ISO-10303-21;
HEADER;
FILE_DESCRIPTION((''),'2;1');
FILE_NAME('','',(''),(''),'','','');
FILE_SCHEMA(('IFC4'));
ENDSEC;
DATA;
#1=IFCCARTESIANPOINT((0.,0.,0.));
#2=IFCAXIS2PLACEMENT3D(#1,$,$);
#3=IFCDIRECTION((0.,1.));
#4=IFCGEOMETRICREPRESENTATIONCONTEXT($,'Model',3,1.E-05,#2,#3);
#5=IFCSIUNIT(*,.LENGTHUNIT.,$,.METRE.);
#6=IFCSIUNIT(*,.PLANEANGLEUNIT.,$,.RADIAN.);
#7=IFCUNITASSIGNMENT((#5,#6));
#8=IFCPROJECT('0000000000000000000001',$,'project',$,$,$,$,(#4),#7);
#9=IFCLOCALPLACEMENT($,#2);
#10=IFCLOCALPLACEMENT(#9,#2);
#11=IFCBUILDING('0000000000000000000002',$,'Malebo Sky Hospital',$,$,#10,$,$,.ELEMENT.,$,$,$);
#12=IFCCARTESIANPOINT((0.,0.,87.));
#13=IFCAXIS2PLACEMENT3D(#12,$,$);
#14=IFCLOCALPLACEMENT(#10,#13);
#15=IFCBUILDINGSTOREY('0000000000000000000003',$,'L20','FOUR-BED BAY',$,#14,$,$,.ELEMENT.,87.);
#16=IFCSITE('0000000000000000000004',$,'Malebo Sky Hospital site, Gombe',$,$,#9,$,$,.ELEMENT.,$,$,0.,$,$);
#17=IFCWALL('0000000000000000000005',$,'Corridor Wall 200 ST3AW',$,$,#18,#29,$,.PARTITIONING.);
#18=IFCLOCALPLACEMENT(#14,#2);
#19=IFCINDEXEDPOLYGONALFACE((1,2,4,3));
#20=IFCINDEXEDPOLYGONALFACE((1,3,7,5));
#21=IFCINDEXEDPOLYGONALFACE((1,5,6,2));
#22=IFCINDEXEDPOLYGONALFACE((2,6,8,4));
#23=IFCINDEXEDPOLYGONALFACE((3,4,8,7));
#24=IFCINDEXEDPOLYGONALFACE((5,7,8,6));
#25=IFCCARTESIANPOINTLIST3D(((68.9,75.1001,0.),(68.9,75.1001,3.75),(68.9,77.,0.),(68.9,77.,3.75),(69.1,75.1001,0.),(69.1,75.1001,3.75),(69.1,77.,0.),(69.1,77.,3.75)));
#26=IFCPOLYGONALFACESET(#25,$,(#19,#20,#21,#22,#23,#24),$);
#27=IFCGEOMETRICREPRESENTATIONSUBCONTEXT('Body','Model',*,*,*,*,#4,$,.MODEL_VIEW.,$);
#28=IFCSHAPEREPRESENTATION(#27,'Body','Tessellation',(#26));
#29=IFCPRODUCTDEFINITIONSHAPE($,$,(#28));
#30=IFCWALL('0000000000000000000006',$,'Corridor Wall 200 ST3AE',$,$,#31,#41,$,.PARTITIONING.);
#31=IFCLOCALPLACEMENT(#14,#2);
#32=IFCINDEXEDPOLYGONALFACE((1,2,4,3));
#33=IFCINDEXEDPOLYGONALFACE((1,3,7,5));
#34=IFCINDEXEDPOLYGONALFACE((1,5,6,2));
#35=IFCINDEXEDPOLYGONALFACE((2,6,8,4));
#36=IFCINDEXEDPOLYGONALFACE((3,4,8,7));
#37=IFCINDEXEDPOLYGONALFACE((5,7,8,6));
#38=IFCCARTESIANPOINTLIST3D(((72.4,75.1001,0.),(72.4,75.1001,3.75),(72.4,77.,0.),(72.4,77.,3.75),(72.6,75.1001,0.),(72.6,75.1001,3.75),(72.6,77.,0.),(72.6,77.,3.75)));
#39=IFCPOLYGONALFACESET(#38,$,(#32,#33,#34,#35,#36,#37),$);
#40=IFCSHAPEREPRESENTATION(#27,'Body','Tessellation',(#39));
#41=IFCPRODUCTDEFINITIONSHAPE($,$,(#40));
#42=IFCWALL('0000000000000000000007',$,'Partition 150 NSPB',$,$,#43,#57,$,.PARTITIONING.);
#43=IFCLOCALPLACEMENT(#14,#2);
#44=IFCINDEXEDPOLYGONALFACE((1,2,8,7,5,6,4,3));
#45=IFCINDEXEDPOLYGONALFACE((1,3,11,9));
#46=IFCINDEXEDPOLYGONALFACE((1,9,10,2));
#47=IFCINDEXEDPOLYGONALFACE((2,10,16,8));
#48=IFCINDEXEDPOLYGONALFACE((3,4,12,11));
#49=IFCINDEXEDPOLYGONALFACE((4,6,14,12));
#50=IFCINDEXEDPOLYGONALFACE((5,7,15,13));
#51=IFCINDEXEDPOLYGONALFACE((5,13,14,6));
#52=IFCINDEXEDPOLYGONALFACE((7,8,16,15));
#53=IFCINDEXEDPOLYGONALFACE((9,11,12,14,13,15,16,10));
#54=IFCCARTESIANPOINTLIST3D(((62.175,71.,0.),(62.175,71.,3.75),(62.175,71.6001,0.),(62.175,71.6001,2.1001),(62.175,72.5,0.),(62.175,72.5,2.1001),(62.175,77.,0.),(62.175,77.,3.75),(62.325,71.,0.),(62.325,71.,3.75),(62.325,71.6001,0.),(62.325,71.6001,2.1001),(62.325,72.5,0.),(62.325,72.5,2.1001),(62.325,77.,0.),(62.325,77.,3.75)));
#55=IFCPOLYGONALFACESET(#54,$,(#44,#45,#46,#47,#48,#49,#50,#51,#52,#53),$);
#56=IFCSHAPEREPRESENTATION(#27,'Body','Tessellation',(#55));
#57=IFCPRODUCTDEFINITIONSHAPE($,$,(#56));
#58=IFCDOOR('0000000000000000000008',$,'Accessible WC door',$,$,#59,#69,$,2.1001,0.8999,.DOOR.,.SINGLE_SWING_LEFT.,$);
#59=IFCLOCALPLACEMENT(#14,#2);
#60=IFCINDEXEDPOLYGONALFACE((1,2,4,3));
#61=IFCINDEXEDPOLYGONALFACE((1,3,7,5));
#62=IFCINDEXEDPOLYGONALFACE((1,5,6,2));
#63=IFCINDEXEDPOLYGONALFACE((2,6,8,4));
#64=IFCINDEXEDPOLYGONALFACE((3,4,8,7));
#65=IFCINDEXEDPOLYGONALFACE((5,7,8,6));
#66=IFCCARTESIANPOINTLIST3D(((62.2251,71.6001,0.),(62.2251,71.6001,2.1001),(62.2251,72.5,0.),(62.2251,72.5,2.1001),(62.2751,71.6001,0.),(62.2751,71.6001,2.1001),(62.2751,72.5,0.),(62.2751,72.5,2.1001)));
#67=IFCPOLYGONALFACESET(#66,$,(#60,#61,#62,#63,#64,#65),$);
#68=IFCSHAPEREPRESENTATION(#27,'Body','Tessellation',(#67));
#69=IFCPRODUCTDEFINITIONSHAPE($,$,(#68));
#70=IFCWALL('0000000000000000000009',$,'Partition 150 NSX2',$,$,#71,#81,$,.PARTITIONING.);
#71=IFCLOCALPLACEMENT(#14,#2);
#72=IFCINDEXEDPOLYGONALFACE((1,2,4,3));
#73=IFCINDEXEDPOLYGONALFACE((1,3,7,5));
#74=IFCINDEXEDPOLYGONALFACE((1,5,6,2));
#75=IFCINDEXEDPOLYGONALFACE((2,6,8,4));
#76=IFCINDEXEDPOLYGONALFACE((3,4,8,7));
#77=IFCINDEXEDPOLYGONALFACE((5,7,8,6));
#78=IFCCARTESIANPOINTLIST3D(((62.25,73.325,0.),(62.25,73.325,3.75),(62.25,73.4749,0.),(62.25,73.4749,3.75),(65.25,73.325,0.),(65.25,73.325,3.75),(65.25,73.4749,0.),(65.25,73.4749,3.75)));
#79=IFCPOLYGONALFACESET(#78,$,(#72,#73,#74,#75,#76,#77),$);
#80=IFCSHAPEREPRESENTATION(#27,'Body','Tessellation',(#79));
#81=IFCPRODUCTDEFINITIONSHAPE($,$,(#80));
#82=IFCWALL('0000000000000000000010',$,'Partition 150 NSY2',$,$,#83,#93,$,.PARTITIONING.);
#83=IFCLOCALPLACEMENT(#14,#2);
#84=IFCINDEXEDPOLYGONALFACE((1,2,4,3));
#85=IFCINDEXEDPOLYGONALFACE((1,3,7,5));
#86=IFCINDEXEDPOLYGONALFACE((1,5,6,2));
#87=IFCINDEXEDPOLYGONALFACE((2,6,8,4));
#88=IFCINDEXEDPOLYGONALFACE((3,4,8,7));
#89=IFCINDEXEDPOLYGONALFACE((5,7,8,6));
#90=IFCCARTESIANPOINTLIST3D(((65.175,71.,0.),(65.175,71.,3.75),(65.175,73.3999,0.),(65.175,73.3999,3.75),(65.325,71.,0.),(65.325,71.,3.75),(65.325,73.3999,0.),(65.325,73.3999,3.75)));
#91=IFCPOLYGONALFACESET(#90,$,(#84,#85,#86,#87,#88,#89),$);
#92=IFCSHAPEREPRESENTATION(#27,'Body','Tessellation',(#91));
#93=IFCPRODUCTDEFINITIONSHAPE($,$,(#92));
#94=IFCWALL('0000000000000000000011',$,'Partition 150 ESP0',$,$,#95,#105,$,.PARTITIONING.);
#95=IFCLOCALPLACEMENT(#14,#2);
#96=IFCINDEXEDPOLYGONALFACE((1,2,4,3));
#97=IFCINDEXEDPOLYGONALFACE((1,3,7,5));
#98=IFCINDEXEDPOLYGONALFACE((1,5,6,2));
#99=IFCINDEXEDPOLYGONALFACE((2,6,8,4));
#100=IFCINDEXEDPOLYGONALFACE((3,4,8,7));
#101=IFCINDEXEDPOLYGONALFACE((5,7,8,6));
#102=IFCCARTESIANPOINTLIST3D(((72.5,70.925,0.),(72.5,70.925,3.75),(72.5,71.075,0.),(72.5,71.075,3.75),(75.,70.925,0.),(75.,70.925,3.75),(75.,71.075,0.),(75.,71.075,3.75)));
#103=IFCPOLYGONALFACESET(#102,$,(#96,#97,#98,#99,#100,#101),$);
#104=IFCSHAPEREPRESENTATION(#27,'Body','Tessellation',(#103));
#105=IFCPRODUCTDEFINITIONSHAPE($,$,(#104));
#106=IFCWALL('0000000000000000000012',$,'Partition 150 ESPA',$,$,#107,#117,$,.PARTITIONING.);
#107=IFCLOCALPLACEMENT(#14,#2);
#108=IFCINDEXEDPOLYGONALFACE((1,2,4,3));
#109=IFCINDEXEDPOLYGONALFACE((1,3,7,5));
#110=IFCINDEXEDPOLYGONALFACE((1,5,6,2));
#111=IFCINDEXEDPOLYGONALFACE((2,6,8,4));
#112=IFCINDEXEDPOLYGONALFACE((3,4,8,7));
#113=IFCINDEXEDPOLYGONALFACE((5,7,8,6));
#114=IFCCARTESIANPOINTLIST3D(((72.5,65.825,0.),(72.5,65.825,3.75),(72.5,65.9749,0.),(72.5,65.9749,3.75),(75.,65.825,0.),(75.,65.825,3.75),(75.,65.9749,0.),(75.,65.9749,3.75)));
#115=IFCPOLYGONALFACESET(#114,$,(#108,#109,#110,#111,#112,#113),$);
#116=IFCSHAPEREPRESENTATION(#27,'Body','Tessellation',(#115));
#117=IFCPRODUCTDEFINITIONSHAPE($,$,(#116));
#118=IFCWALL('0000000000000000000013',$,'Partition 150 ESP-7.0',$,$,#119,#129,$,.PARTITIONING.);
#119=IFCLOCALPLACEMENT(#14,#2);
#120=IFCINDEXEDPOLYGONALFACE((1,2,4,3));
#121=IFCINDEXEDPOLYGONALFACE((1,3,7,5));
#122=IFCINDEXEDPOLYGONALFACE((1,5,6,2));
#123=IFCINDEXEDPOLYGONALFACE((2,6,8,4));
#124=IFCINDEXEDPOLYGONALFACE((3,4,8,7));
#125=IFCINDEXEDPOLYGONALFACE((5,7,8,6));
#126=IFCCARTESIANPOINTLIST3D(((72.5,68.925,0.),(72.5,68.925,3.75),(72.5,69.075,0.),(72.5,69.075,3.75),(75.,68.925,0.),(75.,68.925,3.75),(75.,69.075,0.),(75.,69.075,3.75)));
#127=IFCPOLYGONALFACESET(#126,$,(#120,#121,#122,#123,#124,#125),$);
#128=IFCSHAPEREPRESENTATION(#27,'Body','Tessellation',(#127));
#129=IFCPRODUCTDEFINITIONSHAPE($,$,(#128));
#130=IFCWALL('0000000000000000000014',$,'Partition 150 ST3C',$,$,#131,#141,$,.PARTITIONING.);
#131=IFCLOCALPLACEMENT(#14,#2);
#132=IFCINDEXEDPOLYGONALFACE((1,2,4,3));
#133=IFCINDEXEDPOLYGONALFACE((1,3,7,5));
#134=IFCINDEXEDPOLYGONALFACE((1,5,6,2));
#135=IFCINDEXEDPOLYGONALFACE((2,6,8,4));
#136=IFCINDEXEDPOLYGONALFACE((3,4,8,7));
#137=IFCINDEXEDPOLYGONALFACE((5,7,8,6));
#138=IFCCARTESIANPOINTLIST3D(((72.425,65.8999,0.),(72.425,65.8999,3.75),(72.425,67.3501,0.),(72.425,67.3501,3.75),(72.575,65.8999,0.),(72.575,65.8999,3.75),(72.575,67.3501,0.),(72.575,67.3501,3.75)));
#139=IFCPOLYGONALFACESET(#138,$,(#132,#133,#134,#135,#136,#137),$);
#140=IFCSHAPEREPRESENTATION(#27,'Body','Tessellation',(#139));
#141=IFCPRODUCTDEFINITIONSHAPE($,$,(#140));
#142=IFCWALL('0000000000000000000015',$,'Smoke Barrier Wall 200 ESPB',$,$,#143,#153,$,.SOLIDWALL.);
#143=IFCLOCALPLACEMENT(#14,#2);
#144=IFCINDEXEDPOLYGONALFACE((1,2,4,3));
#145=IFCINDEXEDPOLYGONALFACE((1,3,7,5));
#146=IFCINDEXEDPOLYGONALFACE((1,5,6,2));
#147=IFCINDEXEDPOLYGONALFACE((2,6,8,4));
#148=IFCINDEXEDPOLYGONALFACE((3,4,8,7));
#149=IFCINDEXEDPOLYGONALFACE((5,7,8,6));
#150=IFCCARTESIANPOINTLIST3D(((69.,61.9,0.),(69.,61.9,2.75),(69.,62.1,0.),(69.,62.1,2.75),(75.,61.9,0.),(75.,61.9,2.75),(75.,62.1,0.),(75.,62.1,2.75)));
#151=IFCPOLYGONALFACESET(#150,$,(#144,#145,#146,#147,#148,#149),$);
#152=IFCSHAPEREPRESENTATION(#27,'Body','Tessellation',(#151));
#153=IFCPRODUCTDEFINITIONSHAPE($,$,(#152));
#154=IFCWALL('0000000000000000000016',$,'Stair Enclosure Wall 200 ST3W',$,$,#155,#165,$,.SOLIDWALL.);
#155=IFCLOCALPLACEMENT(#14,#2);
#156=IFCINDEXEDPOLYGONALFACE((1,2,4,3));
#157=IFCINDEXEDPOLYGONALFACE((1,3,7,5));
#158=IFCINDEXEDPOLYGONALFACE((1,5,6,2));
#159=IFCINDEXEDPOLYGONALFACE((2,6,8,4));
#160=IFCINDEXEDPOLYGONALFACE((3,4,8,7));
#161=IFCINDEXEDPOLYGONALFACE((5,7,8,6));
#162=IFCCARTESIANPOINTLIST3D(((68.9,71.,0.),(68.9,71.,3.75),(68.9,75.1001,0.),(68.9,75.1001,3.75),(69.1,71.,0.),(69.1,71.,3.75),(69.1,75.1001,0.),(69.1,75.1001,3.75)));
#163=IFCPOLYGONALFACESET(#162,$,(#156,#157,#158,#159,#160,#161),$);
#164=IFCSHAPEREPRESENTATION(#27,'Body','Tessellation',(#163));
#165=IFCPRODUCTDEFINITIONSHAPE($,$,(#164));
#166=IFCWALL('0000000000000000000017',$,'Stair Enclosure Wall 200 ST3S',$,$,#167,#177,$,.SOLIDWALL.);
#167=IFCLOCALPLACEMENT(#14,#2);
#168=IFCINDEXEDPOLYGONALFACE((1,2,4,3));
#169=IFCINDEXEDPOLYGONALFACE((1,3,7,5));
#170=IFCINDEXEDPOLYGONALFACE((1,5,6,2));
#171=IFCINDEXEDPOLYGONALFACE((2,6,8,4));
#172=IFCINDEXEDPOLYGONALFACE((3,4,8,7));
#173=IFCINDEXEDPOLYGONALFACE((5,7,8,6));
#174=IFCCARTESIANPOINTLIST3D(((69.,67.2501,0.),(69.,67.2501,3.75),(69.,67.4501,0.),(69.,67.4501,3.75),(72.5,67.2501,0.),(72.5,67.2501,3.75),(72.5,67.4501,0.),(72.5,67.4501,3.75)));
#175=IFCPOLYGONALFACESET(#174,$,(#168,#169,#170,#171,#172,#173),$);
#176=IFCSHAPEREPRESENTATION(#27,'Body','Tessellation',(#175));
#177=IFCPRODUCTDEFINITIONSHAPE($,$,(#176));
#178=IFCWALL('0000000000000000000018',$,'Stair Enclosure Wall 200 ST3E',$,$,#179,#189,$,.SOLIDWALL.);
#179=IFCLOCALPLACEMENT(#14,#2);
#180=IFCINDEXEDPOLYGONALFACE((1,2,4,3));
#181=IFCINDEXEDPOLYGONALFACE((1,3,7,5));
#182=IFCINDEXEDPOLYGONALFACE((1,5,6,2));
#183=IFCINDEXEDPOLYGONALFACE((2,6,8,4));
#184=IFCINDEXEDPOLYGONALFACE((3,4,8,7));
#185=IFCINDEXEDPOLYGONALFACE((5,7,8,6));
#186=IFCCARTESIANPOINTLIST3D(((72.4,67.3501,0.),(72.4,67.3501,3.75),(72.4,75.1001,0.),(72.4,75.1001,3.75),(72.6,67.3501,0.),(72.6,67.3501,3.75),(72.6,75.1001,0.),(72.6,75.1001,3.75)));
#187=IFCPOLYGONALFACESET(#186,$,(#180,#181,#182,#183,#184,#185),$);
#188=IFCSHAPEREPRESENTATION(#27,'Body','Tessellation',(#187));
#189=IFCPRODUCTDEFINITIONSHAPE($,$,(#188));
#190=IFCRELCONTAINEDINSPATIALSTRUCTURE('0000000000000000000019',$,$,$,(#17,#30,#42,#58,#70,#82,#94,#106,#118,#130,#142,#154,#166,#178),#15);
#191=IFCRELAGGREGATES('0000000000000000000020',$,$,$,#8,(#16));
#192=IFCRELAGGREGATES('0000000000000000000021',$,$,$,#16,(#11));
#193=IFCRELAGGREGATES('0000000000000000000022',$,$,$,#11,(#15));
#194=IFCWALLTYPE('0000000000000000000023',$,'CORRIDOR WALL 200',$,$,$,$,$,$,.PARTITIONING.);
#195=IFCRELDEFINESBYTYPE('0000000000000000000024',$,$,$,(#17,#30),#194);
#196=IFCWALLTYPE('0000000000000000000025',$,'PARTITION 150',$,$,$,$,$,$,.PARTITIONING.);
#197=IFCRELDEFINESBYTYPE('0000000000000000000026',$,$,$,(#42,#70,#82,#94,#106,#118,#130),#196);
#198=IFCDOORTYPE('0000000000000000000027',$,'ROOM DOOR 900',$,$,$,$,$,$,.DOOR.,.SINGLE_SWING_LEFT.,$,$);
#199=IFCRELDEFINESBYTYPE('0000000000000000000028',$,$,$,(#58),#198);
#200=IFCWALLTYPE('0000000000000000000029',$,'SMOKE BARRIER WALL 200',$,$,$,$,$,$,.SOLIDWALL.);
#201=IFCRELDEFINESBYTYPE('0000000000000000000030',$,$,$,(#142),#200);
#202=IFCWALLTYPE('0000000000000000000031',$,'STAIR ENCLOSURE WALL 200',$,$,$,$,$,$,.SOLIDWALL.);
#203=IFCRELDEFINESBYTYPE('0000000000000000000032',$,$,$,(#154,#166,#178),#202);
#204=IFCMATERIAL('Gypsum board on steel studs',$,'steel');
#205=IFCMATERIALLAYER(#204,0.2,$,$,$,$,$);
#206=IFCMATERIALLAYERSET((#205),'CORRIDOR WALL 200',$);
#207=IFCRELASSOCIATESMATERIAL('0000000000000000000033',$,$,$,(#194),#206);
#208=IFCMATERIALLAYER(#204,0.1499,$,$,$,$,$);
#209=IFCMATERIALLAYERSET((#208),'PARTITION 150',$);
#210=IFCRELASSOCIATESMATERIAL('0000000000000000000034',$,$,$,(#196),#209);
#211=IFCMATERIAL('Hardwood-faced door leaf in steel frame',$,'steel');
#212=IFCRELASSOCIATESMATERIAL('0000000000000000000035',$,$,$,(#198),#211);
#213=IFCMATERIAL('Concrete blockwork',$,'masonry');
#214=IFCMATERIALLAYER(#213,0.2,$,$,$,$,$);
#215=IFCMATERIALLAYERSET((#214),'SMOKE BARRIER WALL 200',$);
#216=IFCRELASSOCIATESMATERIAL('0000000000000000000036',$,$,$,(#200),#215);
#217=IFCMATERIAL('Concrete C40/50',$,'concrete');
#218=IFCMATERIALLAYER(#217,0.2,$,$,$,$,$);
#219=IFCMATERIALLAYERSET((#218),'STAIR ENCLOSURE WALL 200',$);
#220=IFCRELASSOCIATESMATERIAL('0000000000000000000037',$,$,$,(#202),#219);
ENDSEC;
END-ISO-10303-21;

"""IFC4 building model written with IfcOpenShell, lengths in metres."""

from ifc_helpers import new_model, si_unit, direction, frame, frame_2d, origin, place, context, subcontext, project, spatial, rectangle, extrude, material, layer, layer_set, type_object, element, fill, save


model = new_model("IFC4")

# Units and contexts
model_context = context("Model", 3, precision=1e-05, world=origin(), true_north=direction((0.0, 1.0)))
body_context = subcontext(model_context, "Body", "Model", "MODEL_VIEW")
ifc_project = project(units=[si_unit("LENGTHUNIT", "METRE"), si_unit("PLANEANGLEUNIT", "RADIAN")], contexts=[model_context])

# Site, building, storey
site_placement = place(None, origin())
site = spatial("IfcSite", under=ifc_project, at=site_placement, Name="Malebo Sky Hospital site, Gombe", CompositionType="ELEMENT", RefElevation=0.0)
building_placement = place(site_placement, origin())
building = spatial("IfcBuilding", under=site, at=building_placement, Name="Malebo Sky Hospital", CompositionType="ELEMENT")
storey_placement = place(building_placement, frame((0.0, 0.0, 87.0)))
storey = spatial("IfcBuildingStorey", under=building, at=storey_placement, Name="L20", Description="FOUR-BED BAY", CompositionType="ELEMENT", Elevation=87.0)

# Walls
ifc_material_1 = material(Name="Gypsum board on steel studs", Category="steel")
ifc_layer_1 = layer(ifc_material_1, 0.2)
ifc_layer_set_1 = layer_set([ifc_layer_1], Name="CORRIDOR WALL 200")
wall_type_1 = type_object("IfcWallType", Name="CORRIDOR WALL 200", PredefinedType="PARTITIONING", material=ifc_layer_set_1)
for number, where, z_axis, x_axis, name in (
    (1, (69.0, 75.1001, 0.0), (0.0, 0.0, 1.0), (0.0, 1.0, 0.0), "Corridor Wall 200 ST3AW"),
    (2, (72.5, 75.1001, 0.0), (0.0, 0.0, 1.0), (0.0, 1.0, 0.0), "Corridor Wall 200 ST3AE"),
):
    element("IfcWall", number, at=place(storey_placement, frame(where, z_axis=z_axis, x_axis=x_axis)), inside=storey, type_object=wall_type_1, Name=name, PredefinedType="PARTITIONING", context=body_context, shape_type="SweptSolid", body=[
        extrude(rectangle(XDim=1.8999, YDim=0.2, at=frame_2d((0.95, 0.0))), origin(), (0.0, 0.0, 1.0), 3.75),
    ])

# Wall, opening, door
ifc_layer_2 = layer(ifc_material_1, 0.1499)
ifc_layer_set_2 = layer_set([ifc_layer_2], Name="PARTITION 150")
wall_type_2 = type_object("IfcWallType", Name="PARTITION 150", PredefinedType="PARTITIONING", material=ifc_layer_set_2)
wall_1_placement = place(storey_placement, frame((62.25, 71.0, 0.0), z_axis=(0.0, 0.0, 1.0), x_axis=(0.0, 1.0, 0.0)))
wall_1 = element("IfcWall", 3, at=wall_1_placement, inside=storey, type_object=wall_type_2, Name="Partition 150 NSPB", PredefinedType="PARTITIONING", context=body_context, shape_type="SweptSolid", body=[
    extrude(rectangle(XDim=6.0, YDim=0.1499, at=frame_2d((3.0, 0.0))), origin(), (0.0, 0.0, 1.0), 3.75),
])
opening_1_placement = place(wall_1_placement, frame((0.6001, 0.0, 0.0)))
opening_1 = element("IfcOpeningElement", 4, at=opening_1_placement, cuts=wall_1, PredefinedType="OPENING", context=body_context, shape_type="SweptSolid", body=[
    extrude(rectangle(XDim=0.8999, YDim=2.1001, at=frame_2d((0.45, 1.05))), frame((0.0, 0.085, 0.0), z_axis=(0.0, -1.0, 0.0), x_axis=(1.0, 0.0, 0.0)), (0.0, 0.0, 1.0), 0.1699),
])
ifc_material_2 = material(Name="Hardwood-faced door leaf in steel frame", Category="steel")
door_type_1 = type_object("IfcDoorType", Name="ROOM DOOR 900", OperationType="SINGLE_SWING_LEFT", PredefinedType="DOOR", material=ifc_material_2)
door_1_placement = place(opening_1_placement, origin())
door_1 = element("IfcDoor", 5, at=door_1_placement, inside=storey, type_object=door_type_1, Name="Accessible WC door", OperationType="SINGLE_SWING_LEFT", OverallHeight=2.1001, OverallWidth=0.8999, PredefinedType="DOOR", context=body_context, shape_type="SweptSolid", body=[
    extrude(rectangle(XDim=0.8999, YDim=2.1001, at=frame_2d((0.45, 1.05))), frame((0.0, 0.0249, 0.0), z_axis=(0.0, -1.0, 0.0), x_axis=(1.0, 0.0, 0.0)), (0.0, 0.0, 1.0), 0.05),
])
fill(opening_1, door_1)

# Walls
wall_2_placement = place(storey_placement, frame((62.25, 73.3999, 0.0), z_axis=(0.0, 0.0, 1.0), x_axis=(1.0, 0.0, 0.0)))
element("IfcWall", 6, at=wall_2_placement, inside=storey, type_object=wall_type_2, Name="Partition 150 NSX2", PredefinedType="PARTITIONING", context=body_context, shape_type="SweptSolid", body=[
    extrude(rectangle(XDim=3.0, YDim=0.1499, at=frame_2d((1.5, 0.0))), origin(), (0.0, 0.0, 1.0), 3.75),
])
wall_3_placement = place(storey_placement, frame((65.25, 71.0, 0.0), z_axis=(0.0, 0.0, 1.0), x_axis=(0.0, 1.0, 0.0)))
element("IfcWall", 7, at=wall_3_placement, inside=storey, type_object=wall_type_2, Name="Partition 150 NSY2", PredefinedType="PARTITIONING", context=body_context, shape_type="SweptSolid", body=[
    extrude(rectangle(XDim=2.3999, YDim=0.1499, at=frame_2d((1.2, 0.0))), origin(), (0.0, 0.0, 1.0), 3.75),
])
for number, where, z_axis, x_axis, name in (
    (8, (72.5, 71.0, 0.0), (0.0, 0.0, 1.0), (1.0, 0.0, 0.0), "Partition 150 ESP0"),
    (9, (72.5, 65.8999, 0.0), (0.0, 0.0, 1.0), (1.0, 0.0, 0.0), "Partition 150 ESPA"),
    (10, (72.5, 69.0, 0.0), (0.0, 0.0, 1.0), (1.0, 0.0, 0.0), "Partition 150 ESP-7.0"),
):
    element("IfcWall", number, at=place(storey_placement, frame(where, z_axis=z_axis, x_axis=x_axis)), inside=storey, type_object=wall_type_2, Name=name, PredefinedType="PARTITIONING", context=body_context, shape_type="SweptSolid", body=[
        extrude(rectangle(XDim=2.5, YDim=0.1499, at=frame_2d((1.25, 0.0))), origin(), (0.0, 0.0, 1.0), 3.75),
    ])
wall_4_placement = place(storey_placement, frame((72.5, 65.8999, 0.0), z_axis=(0.0, 0.0, 1.0), x_axis=(0.0, 1.0, 0.0)))
element("IfcWall", 11, at=wall_4_placement, inside=storey, type_object=wall_type_2, Name="Partition 150 ST3C", PredefinedType="PARTITIONING", context=body_context, shape_type="SweptSolid", body=[
    extrude(rectangle(XDim=1.4502, YDim=0.1499, at=frame_2d((0.7251, 0.0))), origin(), (0.0, 0.0, 1.0), 3.75),
])
ifc_material_3 = material(Name="Concrete blockwork", Category="masonry")
ifc_layer_3 = layer(ifc_material_3, 0.2)
ifc_layer_set_3 = layer_set([ifc_layer_3], Name="SMOKE BARRIER WALL 200")
wall_type_3 = type_object("IfcWallType", Name="SMOKE BARRIER WALL 200", PredefinedType="SOLIDWALL", material=ifc_layer_set_3)
wall_5_placement = place(storey_placement, frame((69.0, 62.0, 0.0), z_axis=(0.0, 0.0, 1.0), x_axis=(1.0, 0.0, 0.0)))
element("IfcWall", 12, at=wall_5_placement, inside=storey, type_object=wall_type_3, Name="Smoke Barrier Wall 200 ESPB", PredefinedType="SOLIDWALL", context=body_context, shape_type="SweptSolid", body=[
    extrude(rectangle(XDim=6.0, YDim=0.2, at=frame_2d((3.0, 0.0))), origin(), (0.0, 0.0, 1.0), 2.75),
])
ifc_material_4 = material(Name="Concrete C40/50", Category="concrete")
ifc_layer_4 = layer(ifc_material_4, 0.2)
ifc_layer_set_4 = layer_set([ifc_layer_4], Name="STAIR ENCLOSURE WALL 200")
wall_type_4 = type_object("IfcWallType", Name="STAIR ENCLOSURE WALL 200", PredefinedType="SOLIDWALL", material=ifc_layer_set_4)
wall_6_placement = place(storey_placement, frame((69.0, 71.0, 0.0), z_axis=(0.0, 0.0, 1.0), x_axis=(0.0, 1.0, 0.0)))
element("IfcWall", 13, at=wall_6_placement, inside=storey, type_object=wall_type_4, Name="Stair Enclosure Wall 200 ST3W", PredefinedType="SOLIDWALL", context=body_context, shape_type="SweptSolid", body=[
    extrude(rectangle(XDim=4.1001, YDim=0.2, at=frame_2d((2.05, 0.0))), origin(), (0.0, 0.0, 1.0), 3.75),
])
wall_7_placement = place(storey_placement, frame((69.0, 67.3501, 0.0), z_axis=(0.0, 0.0, 1.0), x_axis=(1.0, 0.0, 0.0)))
element("IfcWall", 14, at=wall_7_placement, inside=storey, type_object=wall_type_4, Name="Stair Enclosure Wall 200 ST3S", PredefinedType="SOLIDWALL", context=body_context, shape_type="SweptSolid", body=[
    extrude(rectangle(XDim=3.5, YDim=0.2, at=frame_2d((1.75, 0.0))), origin(), (0.0, 0.0, 1.0), 3.75),
])
wall_8_placement = place(storey_placement, frame((72.5, 67.3501, 0.0), z_axis=(0.0, 0.0, 1.0), x_axis=(0.0, 1.0, 0.0)))
element("IfcWall", 15, at=wall_8_placement, inside=storey, type_object=wall_type_4, Name="Stair Enclosure Wall 200 ST3E", PredefinedType="SOLIDWALL", context=body_context, shape_type="SweptSolid", body=[
    extrude(rectangle(XDim=7.75, YDim=0.2, at=frame_2d((3.875, 0.0))), origin(), (0.0, 0.0, 1.0), 3.75),
])

save(model, "model.ifc")
